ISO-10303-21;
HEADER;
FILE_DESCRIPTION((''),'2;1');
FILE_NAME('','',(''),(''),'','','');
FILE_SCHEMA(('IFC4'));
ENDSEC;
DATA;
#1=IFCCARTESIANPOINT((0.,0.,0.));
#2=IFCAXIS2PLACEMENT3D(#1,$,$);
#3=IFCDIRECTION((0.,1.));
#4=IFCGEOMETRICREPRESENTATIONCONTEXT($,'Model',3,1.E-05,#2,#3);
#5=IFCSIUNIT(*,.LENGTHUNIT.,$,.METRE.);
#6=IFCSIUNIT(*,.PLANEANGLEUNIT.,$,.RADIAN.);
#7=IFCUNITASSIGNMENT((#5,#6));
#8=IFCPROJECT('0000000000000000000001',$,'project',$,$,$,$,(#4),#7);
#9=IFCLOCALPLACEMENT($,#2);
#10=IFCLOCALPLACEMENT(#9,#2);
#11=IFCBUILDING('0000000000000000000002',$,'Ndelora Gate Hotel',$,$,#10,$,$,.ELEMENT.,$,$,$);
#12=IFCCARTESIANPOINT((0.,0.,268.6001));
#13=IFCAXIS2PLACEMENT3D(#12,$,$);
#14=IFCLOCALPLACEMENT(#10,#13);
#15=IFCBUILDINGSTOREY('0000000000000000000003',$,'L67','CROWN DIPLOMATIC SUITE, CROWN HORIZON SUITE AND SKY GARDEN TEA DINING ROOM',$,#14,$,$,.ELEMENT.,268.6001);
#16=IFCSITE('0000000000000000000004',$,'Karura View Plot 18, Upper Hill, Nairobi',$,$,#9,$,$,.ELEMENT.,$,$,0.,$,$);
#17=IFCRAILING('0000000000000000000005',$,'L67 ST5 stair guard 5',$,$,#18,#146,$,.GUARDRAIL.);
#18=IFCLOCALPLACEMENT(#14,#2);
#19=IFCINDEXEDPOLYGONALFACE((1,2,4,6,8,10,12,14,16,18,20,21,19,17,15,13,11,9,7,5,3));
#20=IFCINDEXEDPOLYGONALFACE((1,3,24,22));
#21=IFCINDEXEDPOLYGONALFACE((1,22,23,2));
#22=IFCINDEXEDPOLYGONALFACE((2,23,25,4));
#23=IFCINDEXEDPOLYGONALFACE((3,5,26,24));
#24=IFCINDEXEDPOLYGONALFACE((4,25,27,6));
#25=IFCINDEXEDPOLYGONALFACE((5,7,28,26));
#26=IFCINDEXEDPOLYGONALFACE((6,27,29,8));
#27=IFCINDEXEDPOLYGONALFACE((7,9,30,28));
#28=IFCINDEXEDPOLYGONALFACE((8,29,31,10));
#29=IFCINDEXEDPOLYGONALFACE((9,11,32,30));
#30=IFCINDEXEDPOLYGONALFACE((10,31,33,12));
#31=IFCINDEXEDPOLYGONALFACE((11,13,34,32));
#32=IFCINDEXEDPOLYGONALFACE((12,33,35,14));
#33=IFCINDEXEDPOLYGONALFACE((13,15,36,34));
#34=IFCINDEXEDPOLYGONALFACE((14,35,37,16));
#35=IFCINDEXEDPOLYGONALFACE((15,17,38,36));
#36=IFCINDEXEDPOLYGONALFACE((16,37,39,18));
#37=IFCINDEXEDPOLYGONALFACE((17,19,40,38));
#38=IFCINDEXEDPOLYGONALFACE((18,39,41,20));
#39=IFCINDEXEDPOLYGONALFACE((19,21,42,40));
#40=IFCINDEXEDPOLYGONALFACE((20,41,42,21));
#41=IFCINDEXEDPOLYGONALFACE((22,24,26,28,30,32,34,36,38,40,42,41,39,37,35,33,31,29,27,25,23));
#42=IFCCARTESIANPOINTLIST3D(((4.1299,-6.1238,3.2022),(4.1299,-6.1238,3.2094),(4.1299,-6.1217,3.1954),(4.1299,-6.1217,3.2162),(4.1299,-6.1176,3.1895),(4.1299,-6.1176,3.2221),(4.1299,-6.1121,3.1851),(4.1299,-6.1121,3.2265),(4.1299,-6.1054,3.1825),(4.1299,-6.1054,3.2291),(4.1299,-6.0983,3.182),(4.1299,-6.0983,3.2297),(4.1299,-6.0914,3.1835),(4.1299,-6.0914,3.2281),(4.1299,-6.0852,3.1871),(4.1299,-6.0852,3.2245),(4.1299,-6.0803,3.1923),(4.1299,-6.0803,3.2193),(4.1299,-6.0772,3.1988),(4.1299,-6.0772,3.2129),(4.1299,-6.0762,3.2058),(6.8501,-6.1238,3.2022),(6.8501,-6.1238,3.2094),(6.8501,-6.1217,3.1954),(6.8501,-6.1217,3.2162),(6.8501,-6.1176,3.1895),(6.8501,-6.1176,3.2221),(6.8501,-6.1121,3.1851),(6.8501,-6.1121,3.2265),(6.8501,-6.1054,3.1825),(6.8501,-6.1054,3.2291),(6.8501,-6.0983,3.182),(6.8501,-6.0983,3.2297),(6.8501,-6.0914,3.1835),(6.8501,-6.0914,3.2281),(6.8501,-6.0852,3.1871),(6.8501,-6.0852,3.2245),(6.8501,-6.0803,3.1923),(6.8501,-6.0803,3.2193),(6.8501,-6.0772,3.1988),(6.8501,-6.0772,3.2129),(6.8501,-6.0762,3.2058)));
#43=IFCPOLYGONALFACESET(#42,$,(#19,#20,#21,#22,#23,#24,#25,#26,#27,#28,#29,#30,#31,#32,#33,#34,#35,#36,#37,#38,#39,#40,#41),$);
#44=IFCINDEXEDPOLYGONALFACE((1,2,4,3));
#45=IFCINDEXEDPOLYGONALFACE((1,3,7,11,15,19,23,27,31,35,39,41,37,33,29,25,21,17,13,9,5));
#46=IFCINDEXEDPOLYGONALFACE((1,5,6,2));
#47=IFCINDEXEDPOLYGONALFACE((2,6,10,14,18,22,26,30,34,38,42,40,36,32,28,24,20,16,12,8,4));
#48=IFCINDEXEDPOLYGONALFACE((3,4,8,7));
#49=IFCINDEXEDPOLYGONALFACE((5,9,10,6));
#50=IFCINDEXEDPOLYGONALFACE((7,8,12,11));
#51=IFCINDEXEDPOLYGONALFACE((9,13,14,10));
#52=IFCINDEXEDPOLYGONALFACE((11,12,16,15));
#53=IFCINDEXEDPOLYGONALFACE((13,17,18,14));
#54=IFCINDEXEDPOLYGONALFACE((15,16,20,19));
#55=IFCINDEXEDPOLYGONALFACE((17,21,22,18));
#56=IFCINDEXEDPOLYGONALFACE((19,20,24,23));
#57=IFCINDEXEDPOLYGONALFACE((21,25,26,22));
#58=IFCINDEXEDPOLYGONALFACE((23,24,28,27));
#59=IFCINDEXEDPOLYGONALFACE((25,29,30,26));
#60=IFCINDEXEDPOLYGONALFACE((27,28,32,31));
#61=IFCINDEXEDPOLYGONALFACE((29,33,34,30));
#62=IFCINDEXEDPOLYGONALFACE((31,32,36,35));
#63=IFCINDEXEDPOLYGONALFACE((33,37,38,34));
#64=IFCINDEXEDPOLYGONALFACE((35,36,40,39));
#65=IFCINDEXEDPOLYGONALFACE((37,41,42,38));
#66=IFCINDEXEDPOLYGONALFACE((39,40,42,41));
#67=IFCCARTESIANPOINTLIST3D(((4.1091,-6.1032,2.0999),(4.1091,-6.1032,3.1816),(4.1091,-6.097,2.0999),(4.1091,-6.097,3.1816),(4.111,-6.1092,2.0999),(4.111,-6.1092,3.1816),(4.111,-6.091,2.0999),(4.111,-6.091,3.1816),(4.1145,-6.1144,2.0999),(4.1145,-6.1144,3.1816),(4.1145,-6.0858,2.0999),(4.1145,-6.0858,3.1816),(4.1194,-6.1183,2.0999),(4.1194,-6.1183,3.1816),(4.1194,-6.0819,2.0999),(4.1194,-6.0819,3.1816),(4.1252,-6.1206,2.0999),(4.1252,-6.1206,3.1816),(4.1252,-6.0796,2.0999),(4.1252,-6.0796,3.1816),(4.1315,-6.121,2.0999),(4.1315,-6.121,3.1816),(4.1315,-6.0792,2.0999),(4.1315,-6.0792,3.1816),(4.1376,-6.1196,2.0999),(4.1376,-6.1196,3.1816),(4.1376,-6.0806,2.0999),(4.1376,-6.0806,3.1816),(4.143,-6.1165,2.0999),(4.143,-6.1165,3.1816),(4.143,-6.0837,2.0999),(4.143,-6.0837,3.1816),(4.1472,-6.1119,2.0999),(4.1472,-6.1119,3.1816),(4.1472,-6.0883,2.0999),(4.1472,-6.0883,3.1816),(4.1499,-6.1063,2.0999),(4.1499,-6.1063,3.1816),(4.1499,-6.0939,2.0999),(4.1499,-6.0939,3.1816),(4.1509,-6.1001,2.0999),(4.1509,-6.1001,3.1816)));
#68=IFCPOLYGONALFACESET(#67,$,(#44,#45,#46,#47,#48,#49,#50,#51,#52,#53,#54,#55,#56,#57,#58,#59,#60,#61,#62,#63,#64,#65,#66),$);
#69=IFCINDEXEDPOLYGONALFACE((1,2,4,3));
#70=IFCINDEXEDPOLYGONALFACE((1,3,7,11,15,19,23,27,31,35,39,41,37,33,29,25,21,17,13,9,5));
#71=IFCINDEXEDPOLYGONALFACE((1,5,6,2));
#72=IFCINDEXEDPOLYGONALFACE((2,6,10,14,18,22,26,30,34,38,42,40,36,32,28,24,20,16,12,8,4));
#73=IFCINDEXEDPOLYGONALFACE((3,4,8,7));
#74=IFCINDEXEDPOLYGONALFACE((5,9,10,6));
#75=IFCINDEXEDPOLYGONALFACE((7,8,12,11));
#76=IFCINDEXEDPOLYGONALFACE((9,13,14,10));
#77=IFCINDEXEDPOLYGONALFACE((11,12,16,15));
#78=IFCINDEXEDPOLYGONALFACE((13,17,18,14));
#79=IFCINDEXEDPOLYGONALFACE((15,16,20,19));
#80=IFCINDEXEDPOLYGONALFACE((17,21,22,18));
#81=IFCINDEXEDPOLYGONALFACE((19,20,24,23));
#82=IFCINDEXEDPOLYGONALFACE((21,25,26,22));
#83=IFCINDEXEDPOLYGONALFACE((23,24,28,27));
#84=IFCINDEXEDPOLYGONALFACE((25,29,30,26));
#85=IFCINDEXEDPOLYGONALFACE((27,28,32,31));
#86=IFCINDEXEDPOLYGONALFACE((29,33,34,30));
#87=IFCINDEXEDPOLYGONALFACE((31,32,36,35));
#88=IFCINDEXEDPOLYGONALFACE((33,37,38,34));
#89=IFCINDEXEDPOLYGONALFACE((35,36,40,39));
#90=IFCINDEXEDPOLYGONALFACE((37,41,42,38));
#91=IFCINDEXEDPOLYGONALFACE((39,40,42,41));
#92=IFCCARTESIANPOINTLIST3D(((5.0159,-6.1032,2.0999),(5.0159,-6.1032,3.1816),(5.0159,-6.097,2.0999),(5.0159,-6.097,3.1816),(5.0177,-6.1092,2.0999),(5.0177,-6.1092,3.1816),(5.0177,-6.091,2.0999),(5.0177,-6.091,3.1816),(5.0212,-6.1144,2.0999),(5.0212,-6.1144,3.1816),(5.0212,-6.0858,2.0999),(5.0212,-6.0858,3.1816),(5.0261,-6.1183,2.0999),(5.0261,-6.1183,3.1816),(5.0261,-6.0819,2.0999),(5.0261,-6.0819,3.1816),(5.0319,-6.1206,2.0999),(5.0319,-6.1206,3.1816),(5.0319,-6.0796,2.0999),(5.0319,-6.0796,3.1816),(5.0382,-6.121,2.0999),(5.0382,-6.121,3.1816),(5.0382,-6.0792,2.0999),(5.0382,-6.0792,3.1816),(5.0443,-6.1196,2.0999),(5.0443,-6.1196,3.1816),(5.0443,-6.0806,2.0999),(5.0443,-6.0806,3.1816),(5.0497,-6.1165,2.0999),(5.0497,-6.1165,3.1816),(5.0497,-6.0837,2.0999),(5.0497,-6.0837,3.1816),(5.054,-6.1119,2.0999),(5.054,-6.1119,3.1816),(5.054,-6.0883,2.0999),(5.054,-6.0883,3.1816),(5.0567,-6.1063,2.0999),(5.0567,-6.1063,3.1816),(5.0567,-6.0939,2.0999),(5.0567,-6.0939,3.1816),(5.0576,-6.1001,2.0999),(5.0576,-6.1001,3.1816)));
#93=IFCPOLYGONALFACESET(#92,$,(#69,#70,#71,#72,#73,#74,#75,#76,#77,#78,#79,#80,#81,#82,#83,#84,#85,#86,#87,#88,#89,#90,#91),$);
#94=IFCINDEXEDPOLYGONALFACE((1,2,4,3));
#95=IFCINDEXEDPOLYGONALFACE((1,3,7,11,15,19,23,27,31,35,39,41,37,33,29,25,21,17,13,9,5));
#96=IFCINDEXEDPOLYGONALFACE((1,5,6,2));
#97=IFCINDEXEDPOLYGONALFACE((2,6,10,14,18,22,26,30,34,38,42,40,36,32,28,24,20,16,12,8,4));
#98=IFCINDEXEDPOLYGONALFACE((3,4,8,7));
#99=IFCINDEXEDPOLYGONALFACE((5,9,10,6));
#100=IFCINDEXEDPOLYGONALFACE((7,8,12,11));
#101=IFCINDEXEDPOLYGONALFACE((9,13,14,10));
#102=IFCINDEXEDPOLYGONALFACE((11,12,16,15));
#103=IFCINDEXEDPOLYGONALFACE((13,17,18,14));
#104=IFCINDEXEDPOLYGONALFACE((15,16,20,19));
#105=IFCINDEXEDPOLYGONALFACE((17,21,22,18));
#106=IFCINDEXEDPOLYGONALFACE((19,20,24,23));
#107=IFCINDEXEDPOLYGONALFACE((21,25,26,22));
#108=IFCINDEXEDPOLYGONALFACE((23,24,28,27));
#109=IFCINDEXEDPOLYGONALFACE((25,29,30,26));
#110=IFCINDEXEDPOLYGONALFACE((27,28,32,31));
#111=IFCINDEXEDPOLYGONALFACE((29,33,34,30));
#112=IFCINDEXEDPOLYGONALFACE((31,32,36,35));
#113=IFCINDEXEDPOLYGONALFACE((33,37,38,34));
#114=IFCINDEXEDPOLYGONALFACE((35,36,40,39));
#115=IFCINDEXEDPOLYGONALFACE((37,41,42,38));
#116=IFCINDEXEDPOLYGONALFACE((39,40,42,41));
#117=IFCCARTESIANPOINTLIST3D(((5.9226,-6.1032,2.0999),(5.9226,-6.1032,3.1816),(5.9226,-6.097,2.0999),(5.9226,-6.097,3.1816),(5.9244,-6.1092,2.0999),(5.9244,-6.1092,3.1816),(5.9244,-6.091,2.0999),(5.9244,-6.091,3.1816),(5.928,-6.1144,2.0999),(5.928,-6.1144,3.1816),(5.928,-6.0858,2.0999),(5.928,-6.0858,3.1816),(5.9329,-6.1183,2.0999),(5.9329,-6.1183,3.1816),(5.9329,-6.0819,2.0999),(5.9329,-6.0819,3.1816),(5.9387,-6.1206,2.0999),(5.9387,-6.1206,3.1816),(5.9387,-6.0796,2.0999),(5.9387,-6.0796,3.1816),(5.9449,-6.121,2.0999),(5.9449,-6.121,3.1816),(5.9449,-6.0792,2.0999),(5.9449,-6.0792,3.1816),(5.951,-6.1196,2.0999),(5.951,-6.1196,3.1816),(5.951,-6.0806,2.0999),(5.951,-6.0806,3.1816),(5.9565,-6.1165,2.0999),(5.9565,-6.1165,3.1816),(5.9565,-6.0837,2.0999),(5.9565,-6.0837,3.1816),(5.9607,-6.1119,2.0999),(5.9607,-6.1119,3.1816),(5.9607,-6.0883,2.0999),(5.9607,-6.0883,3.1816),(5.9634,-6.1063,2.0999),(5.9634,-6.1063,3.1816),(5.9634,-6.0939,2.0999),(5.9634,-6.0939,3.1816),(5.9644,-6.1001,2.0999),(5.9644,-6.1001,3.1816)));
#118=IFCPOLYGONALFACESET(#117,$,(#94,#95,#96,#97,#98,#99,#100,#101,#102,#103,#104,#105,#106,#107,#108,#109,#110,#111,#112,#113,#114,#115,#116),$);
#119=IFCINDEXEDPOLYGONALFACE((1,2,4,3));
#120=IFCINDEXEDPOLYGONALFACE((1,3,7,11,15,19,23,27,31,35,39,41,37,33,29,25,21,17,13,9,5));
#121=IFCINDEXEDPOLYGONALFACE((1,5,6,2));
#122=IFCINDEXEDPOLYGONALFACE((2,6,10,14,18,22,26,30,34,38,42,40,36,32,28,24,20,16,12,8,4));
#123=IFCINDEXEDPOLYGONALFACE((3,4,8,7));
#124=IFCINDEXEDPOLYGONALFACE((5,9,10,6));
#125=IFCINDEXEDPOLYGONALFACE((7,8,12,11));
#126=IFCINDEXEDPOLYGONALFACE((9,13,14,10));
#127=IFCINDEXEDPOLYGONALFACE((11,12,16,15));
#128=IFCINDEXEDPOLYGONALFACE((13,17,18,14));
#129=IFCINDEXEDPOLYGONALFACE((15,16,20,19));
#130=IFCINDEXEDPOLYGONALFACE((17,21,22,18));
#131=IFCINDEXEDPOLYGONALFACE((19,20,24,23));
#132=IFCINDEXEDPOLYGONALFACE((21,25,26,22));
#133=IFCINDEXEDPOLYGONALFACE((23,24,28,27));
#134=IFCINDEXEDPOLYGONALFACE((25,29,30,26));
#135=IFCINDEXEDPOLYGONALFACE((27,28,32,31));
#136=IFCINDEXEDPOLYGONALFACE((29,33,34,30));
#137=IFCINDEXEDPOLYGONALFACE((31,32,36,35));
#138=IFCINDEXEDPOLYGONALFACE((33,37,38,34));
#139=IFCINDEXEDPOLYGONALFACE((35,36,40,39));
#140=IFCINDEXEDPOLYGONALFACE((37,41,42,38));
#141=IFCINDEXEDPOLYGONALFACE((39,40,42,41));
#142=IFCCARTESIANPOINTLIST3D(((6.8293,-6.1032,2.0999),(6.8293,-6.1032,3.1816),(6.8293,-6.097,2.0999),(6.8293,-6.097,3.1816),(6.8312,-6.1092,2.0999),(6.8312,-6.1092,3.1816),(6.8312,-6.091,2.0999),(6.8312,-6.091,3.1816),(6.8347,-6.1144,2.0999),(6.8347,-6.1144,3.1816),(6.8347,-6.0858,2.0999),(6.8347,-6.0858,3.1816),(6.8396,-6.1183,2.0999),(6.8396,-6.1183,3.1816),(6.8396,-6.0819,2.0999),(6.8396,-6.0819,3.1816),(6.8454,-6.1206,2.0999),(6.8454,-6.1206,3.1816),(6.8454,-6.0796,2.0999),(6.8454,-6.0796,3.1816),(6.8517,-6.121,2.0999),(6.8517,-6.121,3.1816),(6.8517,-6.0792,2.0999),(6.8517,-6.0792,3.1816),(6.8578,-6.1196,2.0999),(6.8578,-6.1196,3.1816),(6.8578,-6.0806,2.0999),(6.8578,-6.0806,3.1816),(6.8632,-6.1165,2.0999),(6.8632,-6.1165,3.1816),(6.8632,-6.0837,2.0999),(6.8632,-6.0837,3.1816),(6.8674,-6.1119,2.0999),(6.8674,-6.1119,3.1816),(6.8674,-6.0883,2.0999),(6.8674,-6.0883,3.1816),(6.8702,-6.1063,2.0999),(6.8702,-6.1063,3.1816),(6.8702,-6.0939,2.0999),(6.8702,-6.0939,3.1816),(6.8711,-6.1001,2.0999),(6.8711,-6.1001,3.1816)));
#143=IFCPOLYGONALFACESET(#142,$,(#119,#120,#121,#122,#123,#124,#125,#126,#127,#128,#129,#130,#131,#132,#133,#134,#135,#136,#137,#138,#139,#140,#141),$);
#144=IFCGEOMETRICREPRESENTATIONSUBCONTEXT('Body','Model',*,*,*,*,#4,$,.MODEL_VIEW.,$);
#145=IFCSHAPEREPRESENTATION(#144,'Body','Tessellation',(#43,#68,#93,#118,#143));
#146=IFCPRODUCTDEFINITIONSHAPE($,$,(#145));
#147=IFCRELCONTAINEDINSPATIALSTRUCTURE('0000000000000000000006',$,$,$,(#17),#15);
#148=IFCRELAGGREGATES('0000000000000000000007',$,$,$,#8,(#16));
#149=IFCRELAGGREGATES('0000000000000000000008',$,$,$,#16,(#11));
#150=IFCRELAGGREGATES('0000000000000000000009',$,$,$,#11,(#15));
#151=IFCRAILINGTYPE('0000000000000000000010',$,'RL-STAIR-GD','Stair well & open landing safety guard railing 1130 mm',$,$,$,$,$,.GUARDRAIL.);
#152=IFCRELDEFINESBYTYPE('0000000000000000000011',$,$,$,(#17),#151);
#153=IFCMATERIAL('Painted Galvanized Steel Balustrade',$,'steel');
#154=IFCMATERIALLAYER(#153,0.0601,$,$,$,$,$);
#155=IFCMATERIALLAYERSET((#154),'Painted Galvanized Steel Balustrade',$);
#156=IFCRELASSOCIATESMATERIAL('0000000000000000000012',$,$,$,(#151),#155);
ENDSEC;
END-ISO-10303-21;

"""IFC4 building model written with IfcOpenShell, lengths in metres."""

from ifc_helpers import new_model, si_unit, direction, frame, origin, origin_2d, place, context, subcontext, project, spatial, circle, extrude, material, layer, layer_set, type_object, element, save


model = new_model("IFC4")

# Units and contexts
model_context = context("Model", 3, precision=1e-05, world=origin(), true_north=direction((0.0, 1.0)))
body_context = subcontext(model_context, "Body", "Model", "MODEL_VIEW")
ifc_project = project(units=[si_unit("LENGTHUNIT", "METRE"), si_unit("PLANEANGLEUNIT", "RADIAN")], contexts=[model_context])

# Site, building, storey
site_placement = place(None, origin())
site = spatial("IfcSite", under=ifc_project, at=site_placement, Name="Karura View Plot 18, Upper Hill, Nairobi", CompositionType="ELEMENT", RefElevation=0.0)
building_placement = place(site_placement, origin())
building = spatial("IfcBuilding", under=site, at=building_placement, Name="Ndelora Gate Hotel", CompositionType="ELEMENT")
storey_placement = place(building_placement, frame((0.0, 0.0, 268.6001)))
storey = spatial("IfcBuildingStorey", under=building, at=storey_placement, Name="L67", Description="CROWN DIPLOMATIC SUITE, CROWN HORIZON SUITE AND SKY GARDEN TEA DINING ROOM", CompositionType="ELEMENT", Elevation=268.6001)

# Railing
ifc_material_1 = material(Name="Painted Galvanized Steel Balustrade", Category="steel")
ifc_layer_1 = layer(ifc_material_1, 0.0601)
ifc_layer_set_1 = layer_set([ifc_layer_1], Name="Painted Galvanized Steel Balustrade")
railing_type_1 = type_object("IfcRailingType", Name="RL-STAIR-GD", Description="Stair well & open landing safety guard railing 1130 mm", PredefinedType="GUARDRAIL", material=ifc_layer_set_1)
railing_1_placement = place(storey_placement, frame((4.1299, -6.1001, 2.0999)))
element("IfcRailing", 1, at=railing_1_placement, inside=storey, type_object=railing_type_1, Name="L67 ST5 stair guard 5", PredefinedType="GUARDRAIL", context=body_context, shape_type="SweptSolid", body=[
    extrude(circle(Radius=0.0239, at=origin_2d()), frame((0.0, 0.0, 1.106), z_axis=(1.0, 0.0, 0.0), x_axis=(0.0, 1.0, 0.0)), (0.0, 0.0, 1.0), 2.7202),
    extrude(circle(Radius=0.021, at=origin_2d()), origin(), (0.0, 0.0, 1.0), 1.0818),
    extrude(circle(Radius=0.021, at=origin_2d()), frame((0.9067, 0.0, 0.0)), (0.0, 0.0, 1.0), 1.0818),
    extrude(circle(Radius=0.021, at=origin_2d()), frame((1.8135, 0.0, 0.0)), (0.0, 0.0, 1.0), 1.0818),
    extrude(circle(Radius=0.021, at=origin_2d()), frame((2.7202, 0.0, 0.0)), (0.0, 0.0, 1.0), 1.0818),
])

save(model, "model.ifc")
